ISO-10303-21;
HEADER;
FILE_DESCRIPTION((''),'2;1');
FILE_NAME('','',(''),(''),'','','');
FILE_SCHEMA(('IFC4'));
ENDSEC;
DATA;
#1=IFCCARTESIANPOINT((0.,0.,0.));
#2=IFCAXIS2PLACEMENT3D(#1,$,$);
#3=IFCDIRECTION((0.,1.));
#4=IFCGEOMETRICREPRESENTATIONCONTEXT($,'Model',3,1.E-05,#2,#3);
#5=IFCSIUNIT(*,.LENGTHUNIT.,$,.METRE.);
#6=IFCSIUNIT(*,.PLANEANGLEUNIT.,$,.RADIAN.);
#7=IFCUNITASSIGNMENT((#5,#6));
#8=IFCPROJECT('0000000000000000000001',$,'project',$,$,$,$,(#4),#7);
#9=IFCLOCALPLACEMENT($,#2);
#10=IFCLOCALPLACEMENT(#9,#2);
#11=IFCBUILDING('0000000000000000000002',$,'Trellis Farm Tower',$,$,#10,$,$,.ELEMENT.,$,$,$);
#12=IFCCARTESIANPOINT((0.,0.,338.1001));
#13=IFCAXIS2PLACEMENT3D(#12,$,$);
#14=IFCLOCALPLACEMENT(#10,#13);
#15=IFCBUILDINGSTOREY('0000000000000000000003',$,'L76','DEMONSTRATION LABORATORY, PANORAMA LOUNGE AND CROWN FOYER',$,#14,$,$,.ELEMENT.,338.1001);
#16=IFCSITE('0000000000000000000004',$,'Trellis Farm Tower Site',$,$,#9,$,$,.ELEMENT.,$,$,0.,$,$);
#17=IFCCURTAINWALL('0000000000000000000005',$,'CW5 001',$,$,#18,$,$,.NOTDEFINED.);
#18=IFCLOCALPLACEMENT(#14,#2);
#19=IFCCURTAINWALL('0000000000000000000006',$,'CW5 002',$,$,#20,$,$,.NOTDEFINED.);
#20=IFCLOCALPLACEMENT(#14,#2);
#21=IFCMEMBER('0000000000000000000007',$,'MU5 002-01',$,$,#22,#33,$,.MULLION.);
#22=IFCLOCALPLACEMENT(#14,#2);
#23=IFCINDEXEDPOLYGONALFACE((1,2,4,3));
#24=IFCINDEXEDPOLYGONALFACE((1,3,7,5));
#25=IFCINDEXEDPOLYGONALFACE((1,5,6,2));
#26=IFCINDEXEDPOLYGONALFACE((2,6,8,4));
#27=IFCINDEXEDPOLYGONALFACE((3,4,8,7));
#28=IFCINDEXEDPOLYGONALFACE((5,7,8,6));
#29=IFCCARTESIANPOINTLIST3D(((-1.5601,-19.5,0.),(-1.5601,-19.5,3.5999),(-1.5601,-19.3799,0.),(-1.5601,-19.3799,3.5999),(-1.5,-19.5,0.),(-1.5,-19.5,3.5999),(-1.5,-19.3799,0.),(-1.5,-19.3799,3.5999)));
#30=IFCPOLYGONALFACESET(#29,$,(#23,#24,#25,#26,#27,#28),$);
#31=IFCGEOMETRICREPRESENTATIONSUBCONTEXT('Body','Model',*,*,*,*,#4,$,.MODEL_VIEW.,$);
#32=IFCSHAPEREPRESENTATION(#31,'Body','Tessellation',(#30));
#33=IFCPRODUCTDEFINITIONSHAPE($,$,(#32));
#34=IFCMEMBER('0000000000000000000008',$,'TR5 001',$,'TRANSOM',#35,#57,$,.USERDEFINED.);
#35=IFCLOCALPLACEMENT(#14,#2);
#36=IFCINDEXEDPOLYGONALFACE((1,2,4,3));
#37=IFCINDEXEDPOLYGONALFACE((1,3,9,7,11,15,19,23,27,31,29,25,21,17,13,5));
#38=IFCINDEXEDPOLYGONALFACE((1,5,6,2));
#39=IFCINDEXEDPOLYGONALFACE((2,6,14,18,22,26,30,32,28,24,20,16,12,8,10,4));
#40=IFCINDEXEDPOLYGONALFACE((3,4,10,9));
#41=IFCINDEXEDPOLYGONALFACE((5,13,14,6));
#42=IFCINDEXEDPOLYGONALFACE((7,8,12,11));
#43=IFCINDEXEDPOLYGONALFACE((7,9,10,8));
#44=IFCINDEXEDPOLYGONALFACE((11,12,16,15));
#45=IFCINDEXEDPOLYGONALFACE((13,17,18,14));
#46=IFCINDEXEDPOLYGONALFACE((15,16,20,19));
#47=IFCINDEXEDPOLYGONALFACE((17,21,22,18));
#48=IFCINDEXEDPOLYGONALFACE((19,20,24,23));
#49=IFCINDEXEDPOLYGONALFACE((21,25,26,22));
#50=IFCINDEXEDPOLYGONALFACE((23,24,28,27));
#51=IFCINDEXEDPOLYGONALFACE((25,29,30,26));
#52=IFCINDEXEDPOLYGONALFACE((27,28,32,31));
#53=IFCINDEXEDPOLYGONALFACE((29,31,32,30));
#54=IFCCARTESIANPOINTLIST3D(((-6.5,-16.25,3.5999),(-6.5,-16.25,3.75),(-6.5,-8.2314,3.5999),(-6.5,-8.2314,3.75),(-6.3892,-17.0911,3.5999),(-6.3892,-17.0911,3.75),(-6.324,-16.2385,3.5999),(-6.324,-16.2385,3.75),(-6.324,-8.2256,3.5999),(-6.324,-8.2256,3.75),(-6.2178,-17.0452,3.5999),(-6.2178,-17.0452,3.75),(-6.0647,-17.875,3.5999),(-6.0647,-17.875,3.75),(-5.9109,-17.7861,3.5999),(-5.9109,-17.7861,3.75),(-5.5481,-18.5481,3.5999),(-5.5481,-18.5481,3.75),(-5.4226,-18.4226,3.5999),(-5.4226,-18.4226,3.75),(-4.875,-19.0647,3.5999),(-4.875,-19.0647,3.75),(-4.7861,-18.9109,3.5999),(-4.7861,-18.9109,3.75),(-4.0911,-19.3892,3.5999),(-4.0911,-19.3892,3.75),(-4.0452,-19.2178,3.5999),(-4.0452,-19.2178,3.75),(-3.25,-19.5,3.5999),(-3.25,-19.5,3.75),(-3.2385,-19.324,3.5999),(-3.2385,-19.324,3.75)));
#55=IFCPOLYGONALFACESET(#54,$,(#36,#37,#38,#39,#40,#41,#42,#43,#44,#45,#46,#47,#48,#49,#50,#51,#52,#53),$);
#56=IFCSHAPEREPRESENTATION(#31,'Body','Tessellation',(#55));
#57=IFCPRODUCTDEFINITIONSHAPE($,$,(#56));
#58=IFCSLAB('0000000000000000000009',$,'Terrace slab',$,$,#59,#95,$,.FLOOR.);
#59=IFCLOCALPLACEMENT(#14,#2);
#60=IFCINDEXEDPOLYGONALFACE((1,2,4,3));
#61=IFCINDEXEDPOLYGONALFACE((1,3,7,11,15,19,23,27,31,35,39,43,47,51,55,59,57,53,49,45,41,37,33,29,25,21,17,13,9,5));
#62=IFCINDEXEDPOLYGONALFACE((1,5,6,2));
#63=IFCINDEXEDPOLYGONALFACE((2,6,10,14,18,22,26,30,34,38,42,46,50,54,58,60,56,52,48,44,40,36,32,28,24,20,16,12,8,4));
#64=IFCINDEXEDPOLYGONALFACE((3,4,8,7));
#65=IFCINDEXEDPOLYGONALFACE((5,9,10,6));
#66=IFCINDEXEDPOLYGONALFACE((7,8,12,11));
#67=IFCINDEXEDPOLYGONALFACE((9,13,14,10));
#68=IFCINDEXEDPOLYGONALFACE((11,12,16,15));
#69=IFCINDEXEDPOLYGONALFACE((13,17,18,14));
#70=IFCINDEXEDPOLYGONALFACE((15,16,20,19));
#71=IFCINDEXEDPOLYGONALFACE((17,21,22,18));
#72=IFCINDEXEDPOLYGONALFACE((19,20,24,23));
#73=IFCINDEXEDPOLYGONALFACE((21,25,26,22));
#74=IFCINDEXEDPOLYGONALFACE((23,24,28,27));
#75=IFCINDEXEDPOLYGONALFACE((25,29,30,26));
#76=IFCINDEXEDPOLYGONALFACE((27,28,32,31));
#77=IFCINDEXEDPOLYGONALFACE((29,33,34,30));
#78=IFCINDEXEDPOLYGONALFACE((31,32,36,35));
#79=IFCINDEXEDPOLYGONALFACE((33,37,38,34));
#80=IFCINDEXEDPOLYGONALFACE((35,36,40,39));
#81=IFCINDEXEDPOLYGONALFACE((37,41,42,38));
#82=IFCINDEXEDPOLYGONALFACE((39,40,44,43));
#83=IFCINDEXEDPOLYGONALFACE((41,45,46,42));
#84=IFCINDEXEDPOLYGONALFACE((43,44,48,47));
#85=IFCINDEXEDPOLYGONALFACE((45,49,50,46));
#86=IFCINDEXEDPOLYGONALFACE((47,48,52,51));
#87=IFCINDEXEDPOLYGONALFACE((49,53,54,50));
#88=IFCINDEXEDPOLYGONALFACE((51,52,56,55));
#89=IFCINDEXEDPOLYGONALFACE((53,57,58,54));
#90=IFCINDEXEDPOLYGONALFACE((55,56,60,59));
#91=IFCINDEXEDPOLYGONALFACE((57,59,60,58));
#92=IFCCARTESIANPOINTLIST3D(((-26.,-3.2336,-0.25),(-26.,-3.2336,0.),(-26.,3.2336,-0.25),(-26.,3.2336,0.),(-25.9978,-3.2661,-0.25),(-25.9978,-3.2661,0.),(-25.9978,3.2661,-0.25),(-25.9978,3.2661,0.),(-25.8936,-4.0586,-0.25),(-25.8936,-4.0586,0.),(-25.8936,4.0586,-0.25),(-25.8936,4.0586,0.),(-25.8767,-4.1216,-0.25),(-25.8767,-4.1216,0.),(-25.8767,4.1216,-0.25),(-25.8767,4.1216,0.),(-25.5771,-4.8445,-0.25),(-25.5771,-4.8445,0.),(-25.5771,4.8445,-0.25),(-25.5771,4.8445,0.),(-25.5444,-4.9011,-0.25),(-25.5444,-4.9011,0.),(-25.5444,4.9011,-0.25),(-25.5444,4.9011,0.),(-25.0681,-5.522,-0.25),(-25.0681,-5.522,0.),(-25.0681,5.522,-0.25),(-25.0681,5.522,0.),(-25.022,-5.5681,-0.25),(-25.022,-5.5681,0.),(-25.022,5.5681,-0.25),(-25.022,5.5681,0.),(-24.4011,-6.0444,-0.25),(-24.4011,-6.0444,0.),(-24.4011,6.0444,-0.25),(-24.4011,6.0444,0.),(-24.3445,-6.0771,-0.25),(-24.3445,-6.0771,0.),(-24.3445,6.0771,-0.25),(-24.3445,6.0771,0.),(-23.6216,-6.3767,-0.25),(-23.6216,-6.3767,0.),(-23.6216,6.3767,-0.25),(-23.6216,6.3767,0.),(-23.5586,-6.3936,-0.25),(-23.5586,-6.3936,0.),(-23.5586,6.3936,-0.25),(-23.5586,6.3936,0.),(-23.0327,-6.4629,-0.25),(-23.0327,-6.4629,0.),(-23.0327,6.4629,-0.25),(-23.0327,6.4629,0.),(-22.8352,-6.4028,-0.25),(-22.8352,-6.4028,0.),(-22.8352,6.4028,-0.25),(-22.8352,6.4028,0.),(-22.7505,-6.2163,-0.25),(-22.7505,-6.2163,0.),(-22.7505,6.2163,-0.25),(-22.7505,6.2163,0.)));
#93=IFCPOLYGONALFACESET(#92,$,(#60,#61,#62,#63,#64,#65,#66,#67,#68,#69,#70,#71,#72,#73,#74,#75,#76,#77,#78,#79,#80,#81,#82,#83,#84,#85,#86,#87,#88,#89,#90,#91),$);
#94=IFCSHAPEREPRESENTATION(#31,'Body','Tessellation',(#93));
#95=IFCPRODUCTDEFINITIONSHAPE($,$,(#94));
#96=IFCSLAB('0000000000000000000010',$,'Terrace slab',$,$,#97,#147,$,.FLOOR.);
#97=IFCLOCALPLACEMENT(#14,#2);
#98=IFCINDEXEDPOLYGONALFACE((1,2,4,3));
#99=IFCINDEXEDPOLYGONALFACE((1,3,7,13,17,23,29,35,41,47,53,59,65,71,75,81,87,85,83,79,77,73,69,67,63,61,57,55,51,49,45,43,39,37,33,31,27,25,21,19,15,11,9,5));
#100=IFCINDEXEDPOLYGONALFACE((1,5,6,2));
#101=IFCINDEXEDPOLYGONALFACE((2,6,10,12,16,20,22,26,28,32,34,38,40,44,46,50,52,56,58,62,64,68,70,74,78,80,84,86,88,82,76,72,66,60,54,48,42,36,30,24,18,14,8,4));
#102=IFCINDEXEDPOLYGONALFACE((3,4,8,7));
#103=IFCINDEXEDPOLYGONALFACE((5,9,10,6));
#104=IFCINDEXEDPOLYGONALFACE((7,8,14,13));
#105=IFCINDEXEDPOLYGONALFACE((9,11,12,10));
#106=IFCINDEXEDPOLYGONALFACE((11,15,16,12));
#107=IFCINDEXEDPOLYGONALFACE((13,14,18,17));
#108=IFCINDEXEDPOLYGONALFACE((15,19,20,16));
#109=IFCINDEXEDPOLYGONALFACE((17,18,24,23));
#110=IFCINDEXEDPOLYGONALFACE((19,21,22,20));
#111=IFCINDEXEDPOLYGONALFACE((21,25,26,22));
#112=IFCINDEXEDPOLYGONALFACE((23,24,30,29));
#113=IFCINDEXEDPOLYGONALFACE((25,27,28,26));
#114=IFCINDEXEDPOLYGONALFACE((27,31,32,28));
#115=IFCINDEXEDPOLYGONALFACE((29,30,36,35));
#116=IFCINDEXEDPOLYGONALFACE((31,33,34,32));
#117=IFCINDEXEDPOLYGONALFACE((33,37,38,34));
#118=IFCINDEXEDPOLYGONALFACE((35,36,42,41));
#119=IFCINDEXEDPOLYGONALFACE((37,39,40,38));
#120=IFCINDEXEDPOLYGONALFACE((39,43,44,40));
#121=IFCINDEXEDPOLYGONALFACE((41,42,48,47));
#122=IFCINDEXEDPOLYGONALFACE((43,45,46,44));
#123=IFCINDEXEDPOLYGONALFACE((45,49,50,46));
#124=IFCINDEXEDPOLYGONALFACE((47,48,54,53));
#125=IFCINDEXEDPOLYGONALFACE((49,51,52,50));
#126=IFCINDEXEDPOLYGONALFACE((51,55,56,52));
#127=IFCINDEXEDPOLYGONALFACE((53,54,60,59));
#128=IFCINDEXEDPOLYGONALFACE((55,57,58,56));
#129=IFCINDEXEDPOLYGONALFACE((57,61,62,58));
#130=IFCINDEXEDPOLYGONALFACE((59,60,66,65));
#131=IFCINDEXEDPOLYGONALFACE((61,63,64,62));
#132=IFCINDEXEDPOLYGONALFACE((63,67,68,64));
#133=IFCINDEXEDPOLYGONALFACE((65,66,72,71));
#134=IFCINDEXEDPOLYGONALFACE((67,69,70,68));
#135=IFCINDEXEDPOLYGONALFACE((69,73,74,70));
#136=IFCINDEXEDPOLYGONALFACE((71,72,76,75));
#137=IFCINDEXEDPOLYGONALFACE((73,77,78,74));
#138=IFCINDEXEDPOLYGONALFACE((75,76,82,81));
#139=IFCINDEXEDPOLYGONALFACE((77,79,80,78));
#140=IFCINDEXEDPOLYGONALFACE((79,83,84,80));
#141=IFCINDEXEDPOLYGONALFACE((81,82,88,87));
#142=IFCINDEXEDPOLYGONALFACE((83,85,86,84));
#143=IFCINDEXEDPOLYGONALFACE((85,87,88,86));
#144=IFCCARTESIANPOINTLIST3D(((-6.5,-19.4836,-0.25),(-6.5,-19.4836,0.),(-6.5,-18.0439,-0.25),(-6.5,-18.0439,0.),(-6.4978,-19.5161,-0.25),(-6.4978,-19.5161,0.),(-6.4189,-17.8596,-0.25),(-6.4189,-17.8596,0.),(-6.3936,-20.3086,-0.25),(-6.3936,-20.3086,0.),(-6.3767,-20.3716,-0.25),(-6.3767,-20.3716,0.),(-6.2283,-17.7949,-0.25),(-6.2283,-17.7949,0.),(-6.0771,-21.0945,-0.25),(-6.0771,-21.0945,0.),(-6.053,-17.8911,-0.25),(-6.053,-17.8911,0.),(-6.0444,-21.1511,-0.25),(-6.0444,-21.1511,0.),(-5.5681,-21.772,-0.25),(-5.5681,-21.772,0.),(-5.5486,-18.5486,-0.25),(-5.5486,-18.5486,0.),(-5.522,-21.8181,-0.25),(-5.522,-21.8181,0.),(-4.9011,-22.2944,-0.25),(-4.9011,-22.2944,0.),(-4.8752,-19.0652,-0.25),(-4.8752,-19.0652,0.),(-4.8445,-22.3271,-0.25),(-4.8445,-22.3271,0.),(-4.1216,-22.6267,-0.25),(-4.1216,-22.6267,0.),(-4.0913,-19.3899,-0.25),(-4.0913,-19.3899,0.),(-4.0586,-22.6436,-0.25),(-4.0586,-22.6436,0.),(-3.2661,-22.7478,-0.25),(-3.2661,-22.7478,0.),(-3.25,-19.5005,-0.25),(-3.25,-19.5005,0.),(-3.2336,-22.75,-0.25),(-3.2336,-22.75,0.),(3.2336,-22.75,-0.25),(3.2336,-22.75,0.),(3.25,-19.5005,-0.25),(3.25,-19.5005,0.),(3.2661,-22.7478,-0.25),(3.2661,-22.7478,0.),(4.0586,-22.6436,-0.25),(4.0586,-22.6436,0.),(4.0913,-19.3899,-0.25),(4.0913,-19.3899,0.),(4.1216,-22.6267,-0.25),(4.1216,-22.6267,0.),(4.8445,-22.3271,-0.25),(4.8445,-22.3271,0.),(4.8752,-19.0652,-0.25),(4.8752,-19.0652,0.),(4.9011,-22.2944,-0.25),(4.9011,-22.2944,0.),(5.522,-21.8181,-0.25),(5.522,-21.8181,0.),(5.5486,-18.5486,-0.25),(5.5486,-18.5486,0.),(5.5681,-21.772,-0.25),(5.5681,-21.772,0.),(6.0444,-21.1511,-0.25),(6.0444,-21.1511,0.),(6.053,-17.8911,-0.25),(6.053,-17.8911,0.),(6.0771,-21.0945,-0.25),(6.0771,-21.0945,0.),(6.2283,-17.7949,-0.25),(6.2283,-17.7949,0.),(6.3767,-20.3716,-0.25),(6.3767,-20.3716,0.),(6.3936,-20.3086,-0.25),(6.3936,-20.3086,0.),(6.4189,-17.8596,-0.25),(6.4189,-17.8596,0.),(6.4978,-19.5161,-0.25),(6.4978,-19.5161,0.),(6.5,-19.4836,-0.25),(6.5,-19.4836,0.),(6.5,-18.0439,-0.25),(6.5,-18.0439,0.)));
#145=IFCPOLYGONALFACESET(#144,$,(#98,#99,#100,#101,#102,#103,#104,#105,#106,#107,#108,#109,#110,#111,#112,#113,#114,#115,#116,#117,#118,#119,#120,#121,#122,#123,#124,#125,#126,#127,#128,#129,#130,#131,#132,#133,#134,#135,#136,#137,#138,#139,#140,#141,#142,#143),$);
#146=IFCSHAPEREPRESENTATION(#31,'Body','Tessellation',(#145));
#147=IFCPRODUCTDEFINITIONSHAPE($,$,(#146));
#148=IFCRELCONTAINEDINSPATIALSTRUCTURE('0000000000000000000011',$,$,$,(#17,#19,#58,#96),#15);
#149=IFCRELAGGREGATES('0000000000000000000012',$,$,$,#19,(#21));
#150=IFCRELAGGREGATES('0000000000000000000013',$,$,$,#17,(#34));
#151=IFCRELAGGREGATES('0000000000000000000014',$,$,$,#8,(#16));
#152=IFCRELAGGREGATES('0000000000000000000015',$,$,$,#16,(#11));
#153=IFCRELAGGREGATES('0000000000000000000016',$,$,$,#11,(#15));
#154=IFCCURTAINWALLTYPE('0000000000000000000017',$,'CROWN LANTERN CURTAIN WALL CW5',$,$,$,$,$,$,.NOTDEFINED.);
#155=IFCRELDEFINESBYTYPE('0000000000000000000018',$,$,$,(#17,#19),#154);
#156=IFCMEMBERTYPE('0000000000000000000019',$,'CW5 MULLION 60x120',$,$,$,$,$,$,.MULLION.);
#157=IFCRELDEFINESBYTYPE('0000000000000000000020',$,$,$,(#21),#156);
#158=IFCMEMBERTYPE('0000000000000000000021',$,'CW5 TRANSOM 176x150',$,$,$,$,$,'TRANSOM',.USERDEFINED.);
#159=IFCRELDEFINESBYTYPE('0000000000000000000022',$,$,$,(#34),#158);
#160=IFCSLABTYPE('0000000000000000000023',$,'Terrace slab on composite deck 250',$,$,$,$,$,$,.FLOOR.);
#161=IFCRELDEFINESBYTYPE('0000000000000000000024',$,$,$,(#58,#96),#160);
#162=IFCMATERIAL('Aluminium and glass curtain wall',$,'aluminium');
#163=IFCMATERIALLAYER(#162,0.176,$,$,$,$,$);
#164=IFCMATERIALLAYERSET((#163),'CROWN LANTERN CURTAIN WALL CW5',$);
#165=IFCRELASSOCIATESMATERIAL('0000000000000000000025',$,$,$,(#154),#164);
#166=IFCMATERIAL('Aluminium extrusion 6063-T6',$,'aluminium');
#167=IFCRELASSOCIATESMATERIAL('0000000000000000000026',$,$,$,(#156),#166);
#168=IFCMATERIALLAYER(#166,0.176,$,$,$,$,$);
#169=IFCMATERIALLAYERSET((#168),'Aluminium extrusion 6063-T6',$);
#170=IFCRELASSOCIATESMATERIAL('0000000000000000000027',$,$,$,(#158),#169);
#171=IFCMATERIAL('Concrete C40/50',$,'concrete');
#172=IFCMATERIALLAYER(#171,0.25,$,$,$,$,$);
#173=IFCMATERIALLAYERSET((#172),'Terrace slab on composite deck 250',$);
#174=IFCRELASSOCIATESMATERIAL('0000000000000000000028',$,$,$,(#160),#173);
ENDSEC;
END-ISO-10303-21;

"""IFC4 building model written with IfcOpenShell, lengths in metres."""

from ifc_helpers import new_model, si_unit, direction, frame, origin, origin_2d, place, context, subcontext, project, spatial, polyline, rectangle, outline, extrude, source, transform, mapped, material, layer, layer_set, material_profile, profile_set, type_object, element, aggregate, save


model = new_model("IFC4")

# Units and contexts
model_context = context("Model", 3, precision=1e-05, world=origin(), true_north=direction((0.0, 1.0)))
body_context = subcontext(model_context, "Body", "Model", "MODEL_VIEW")
ifc_project = project(units=[si_unit("LENGTHUNIT", "METRE"), si_unit("PLANEANGLEUNIT", "RADIAN")], contexts=[model_context])

# Site, building, storey
site_placement = place(None, origin())
site = spatial("IfcSite", under=ifc_project, at=site_placement, Name="Trellis Farm Tower Site", CompositionType="ELEMENT", RefElevation=0.0)
building_placement = place(site_placement, origin())
building = spatial("IfcBuilding", under=site, at=building_placement, Name="Trellis Farm Tower", CompositionType="ELEMENT")
storey_placement = place(building_placement, frame((0.0, 0.0, 338.1001)))
storey = spatial("IfcBuildingStorey", under=building, at=storey_placement, Name="L76", Description="DEMONSTRATION LABORATORY, PANORAMA LOUNGE AND CROWN FOYER", CompositionType="ELEMENT", Elevation=338.1001)

# Curtain walls, member
ifc_material_1 = material(Name="Aluminium and glass curtain wall", Category="aluminium")
ifc_layer_1 = layer(ifc_material_1, 0.176)
ifc_layer_set_1 = layer_set([ifc_layer_1], Name="CROWN LANTERN CURTAIN WALL CW5")
curtain_wall_type = type_object("IfcCurtainWallType", Name="CROWN LANTERN CURTAIN WALL CW5", PredefinedType="NOTDEFINED", material=ifc_layer_set_1)
placement_1 = place(storey_placement, origin())
curtain_wall_1 = element("IfcCurtainWall", 1, at=placement_1, inside=storey, type_object=curtain_wall_type, Name="CW5 001", PredefinedType="NOTDEFINED")
ifc_material_2 = material(Name="Aluminium extrusion 6063-T6", Category="aluminium")
ifc_material_profile_1 = material_profile(ifc_material_2, rectangle(XDim=0.0601, YDim=0.1201, at=origin_2d()), Name="MULLION 60x120")
ifc_profile_set_1 = profile_set([ifc_material_profile_1], Name="Aluminium extrusion 6063-T6")
member_type_1 = type_object("IfcMemberType", Name="CW5 MULLION 60x120", PredefinedType="MULLION", material=ifc_profile_set_1)
shared_shape_1 = source(origin(), body_context, "Body", "SweptSolid", [
    extrude(rectangle(XDim=0.0601, YDim=0.1201, at=origin_2d()), origin(), (0.0, 0.0, 1.0), 3.5999),
])
curtain_wall_2 = element("IfcCurtainWall", 2, at=placement_1, inside=storey, type_object=curtain_wall_type, Name="CW5 002", PredefinedType="NOTDEFINED")
member_1_placement = place(storey_placement, frame((-1.53, -19.4399, 0.0), z_axis=(0.0, 0.0, 1.0), x_axis=(1.0, 0.0, 0.0)))
member_1 = element("IfcMember", 3, at=member_1_placement, type_object=member_type_1, Name="MU5 002-01", PredefinedType="MULLION", context=body_context, shape_type="MappedRepresentation", body=[
    mapped(shared_shape_1, transform((0.0, 0.0, 0.0))),
])
aggregate(curtain_wall_2, [member_1])

# Member
ifc_layer_2 = layer(ifc_material_2, 0.176)
ifc_layer_set_2 = layer_set([ifc_layer_2], Name="Aluminium extrusion 6063-T6")
member_type_2 = type_object("IfcMemberType", Name="CW5 TRANSOM 176x150", ElementType="TRANSOM", PredefinedType="USERDEFINED", material=ifc_layer_set_2)
shared_shape_2 = source(origin(), body_context, "Body", "SweptSolid", [
    extrude(outline(polyline([(-6.5, -8.2314), (-6.5, -16.25), (-6.3892, -17.0911), (-6.0647, -17.875), (-5.5481, -18.5481), (-4.875, -19.0647), (-4.0911, -19.3892), (-3.25, -19.5), (-3.2385, -19.324), (-4.0452, -19.2178), (-4.7861, -18.9109), (-5.4226, -18.4226), (-5.9109, -17.7861), (-6.2178, -17.0452), (-6.324, -16.2385), (-6.324, -8.2256), (-6.5, -8.2314)])), origin(), (0.0, 0.0, 1.0), 0.1501),
])
member_2_placement = place(storey_placement, frame((0.0, 0.0, 3.5999)))
member_2 = element("IfcMember", 4, at=member_2_placement, type_object=member_type_2, Name="TR5 001", ObjectType="TRANSOM", PredefinedType="USERDEFINED", context=body_context, shape_type="MappedRepresentation", body=[
    mapped(shared_shape_2, transform((0.0, 0.0, 0.0))),
])

# Slabs
ifc_material_3 = material(Name="Concrete C40/50", Category="concrete")
ifc_layer_3 = layer(ifc_material_3, 0.25)
ifc_layer_set_3 = layer_set([ifc_layer_3], Name="Terrace slab on composite deck 250")
slab_type_1 = type_object("IfcSlabType", Name="Terrace slab on composite deck 250", PredefinedType="FLOOR", material=ifc_layer_set_3)
placement_2 = place(storey_placement, frame((0.0, 0.0, -0.25)))
element("IfcSlab", 5, at=placement_2, inside=storey, type_object=slab_type_1, Name="Terrace slab", PredefinedType="FLOOR", context=body_context, shape_type="SweptSolid", body=[
    extrude(outline(polyline([(-24.3445, -6.0771), (-24.4011, -6.0444), (-25.022, -5.5681), (-25.0681, -5.522), (-25.5444, -4.9011), (-25.5771, -4.8445), (-25.8767, -4.1216), (-25.8936, -4.0586), (-25.9978, -3.2661), (-26.0, -3.2336), (-26.0, 3.2336), (-25.9978, 3.2661), (-25.8936, 4.0586), (-25.8767, 4.1216), (-25.5771, 4.8445), (-25.5444, 4.9011), (-25.0681, 5.522), (-25.022, 5.5681), (-24.4011, 6.0444), (-24.3445, 6.0771), (-23.6216, 6.3767), (-23.5586, 6.3936), (-23.0327, 6.4629), (-22.8352, 6.4028), (-22.7505, 6.2163), (-22.7505, -6.2163), (-22.8352, -6.4028), (-23.0327, -6.4629), (-23.5586, -6.3936), (-23.6216, -6.3767), (-24.3445, -6.0771)])), origin(), (0.0, 0.0, 1.0), 0.25),
])
element("IfcSlab", 6, at=placement_2, inside=storey, type_object=slab_type_1, Name="Terrace slab", PredefinedType="FLOOR", context=body_context, shape_type="SweptSolid", body=[
    extrude(outline(polyline([(-6.2283, -17.7949), (-6.053, -17.8911), (-5.5486, -18.5486), (-4.8752, -19.0652), (-4.0913, -19.3899), (-3.25, -19.5005), (3.25, -19.5005), (4.0913, -19.3899), (4.8752, -19.0652), (5.5486, -18.5486), (6.053, -17.8911), (6.2283, -17.7949), (6.4189, -17.8596), (6.5, -18.0439), (6.5, -19.4836), (6.4978, -19.5161), (6.3936, -20.3086), (6.3767, -20.3716), (6.0771, -21.0945), (6.0444, -21.1511), (5.5681, -21.772), (5.522, -21.8181), (4.9011, -22.2944), (4.8445, -22.3271), (4.1216, -22.6267), (4.0586, -22.6436), (3.2661, -22.7478), (3.2336, -22.75), (-3.2336, -22.75), (-3.2661, -22.7478), (-4.0586, -22.6436), (-4.1216, -22.6267), (-4.8445, -22.3271), (-4.9011, -22.2944), (-5.522, -21.8181), (-5.5681, -21.772), (-6.0444, -21.1511), (-6.0771, -21.0945), (-6.3767, -20.3716), (-6.3936, -20.3086), (-6.4978, -19.5161), (-6.5, -19.4836), (-6.5, -18.0439), (-6.4189, -17.8596), (-6.2283, -17.7949)])), origin(), (0.0, 0.0, 1.0), 0.25),
])

aggregate(curtain_wall_1, [member_2])

save(model, "model.ifc")
